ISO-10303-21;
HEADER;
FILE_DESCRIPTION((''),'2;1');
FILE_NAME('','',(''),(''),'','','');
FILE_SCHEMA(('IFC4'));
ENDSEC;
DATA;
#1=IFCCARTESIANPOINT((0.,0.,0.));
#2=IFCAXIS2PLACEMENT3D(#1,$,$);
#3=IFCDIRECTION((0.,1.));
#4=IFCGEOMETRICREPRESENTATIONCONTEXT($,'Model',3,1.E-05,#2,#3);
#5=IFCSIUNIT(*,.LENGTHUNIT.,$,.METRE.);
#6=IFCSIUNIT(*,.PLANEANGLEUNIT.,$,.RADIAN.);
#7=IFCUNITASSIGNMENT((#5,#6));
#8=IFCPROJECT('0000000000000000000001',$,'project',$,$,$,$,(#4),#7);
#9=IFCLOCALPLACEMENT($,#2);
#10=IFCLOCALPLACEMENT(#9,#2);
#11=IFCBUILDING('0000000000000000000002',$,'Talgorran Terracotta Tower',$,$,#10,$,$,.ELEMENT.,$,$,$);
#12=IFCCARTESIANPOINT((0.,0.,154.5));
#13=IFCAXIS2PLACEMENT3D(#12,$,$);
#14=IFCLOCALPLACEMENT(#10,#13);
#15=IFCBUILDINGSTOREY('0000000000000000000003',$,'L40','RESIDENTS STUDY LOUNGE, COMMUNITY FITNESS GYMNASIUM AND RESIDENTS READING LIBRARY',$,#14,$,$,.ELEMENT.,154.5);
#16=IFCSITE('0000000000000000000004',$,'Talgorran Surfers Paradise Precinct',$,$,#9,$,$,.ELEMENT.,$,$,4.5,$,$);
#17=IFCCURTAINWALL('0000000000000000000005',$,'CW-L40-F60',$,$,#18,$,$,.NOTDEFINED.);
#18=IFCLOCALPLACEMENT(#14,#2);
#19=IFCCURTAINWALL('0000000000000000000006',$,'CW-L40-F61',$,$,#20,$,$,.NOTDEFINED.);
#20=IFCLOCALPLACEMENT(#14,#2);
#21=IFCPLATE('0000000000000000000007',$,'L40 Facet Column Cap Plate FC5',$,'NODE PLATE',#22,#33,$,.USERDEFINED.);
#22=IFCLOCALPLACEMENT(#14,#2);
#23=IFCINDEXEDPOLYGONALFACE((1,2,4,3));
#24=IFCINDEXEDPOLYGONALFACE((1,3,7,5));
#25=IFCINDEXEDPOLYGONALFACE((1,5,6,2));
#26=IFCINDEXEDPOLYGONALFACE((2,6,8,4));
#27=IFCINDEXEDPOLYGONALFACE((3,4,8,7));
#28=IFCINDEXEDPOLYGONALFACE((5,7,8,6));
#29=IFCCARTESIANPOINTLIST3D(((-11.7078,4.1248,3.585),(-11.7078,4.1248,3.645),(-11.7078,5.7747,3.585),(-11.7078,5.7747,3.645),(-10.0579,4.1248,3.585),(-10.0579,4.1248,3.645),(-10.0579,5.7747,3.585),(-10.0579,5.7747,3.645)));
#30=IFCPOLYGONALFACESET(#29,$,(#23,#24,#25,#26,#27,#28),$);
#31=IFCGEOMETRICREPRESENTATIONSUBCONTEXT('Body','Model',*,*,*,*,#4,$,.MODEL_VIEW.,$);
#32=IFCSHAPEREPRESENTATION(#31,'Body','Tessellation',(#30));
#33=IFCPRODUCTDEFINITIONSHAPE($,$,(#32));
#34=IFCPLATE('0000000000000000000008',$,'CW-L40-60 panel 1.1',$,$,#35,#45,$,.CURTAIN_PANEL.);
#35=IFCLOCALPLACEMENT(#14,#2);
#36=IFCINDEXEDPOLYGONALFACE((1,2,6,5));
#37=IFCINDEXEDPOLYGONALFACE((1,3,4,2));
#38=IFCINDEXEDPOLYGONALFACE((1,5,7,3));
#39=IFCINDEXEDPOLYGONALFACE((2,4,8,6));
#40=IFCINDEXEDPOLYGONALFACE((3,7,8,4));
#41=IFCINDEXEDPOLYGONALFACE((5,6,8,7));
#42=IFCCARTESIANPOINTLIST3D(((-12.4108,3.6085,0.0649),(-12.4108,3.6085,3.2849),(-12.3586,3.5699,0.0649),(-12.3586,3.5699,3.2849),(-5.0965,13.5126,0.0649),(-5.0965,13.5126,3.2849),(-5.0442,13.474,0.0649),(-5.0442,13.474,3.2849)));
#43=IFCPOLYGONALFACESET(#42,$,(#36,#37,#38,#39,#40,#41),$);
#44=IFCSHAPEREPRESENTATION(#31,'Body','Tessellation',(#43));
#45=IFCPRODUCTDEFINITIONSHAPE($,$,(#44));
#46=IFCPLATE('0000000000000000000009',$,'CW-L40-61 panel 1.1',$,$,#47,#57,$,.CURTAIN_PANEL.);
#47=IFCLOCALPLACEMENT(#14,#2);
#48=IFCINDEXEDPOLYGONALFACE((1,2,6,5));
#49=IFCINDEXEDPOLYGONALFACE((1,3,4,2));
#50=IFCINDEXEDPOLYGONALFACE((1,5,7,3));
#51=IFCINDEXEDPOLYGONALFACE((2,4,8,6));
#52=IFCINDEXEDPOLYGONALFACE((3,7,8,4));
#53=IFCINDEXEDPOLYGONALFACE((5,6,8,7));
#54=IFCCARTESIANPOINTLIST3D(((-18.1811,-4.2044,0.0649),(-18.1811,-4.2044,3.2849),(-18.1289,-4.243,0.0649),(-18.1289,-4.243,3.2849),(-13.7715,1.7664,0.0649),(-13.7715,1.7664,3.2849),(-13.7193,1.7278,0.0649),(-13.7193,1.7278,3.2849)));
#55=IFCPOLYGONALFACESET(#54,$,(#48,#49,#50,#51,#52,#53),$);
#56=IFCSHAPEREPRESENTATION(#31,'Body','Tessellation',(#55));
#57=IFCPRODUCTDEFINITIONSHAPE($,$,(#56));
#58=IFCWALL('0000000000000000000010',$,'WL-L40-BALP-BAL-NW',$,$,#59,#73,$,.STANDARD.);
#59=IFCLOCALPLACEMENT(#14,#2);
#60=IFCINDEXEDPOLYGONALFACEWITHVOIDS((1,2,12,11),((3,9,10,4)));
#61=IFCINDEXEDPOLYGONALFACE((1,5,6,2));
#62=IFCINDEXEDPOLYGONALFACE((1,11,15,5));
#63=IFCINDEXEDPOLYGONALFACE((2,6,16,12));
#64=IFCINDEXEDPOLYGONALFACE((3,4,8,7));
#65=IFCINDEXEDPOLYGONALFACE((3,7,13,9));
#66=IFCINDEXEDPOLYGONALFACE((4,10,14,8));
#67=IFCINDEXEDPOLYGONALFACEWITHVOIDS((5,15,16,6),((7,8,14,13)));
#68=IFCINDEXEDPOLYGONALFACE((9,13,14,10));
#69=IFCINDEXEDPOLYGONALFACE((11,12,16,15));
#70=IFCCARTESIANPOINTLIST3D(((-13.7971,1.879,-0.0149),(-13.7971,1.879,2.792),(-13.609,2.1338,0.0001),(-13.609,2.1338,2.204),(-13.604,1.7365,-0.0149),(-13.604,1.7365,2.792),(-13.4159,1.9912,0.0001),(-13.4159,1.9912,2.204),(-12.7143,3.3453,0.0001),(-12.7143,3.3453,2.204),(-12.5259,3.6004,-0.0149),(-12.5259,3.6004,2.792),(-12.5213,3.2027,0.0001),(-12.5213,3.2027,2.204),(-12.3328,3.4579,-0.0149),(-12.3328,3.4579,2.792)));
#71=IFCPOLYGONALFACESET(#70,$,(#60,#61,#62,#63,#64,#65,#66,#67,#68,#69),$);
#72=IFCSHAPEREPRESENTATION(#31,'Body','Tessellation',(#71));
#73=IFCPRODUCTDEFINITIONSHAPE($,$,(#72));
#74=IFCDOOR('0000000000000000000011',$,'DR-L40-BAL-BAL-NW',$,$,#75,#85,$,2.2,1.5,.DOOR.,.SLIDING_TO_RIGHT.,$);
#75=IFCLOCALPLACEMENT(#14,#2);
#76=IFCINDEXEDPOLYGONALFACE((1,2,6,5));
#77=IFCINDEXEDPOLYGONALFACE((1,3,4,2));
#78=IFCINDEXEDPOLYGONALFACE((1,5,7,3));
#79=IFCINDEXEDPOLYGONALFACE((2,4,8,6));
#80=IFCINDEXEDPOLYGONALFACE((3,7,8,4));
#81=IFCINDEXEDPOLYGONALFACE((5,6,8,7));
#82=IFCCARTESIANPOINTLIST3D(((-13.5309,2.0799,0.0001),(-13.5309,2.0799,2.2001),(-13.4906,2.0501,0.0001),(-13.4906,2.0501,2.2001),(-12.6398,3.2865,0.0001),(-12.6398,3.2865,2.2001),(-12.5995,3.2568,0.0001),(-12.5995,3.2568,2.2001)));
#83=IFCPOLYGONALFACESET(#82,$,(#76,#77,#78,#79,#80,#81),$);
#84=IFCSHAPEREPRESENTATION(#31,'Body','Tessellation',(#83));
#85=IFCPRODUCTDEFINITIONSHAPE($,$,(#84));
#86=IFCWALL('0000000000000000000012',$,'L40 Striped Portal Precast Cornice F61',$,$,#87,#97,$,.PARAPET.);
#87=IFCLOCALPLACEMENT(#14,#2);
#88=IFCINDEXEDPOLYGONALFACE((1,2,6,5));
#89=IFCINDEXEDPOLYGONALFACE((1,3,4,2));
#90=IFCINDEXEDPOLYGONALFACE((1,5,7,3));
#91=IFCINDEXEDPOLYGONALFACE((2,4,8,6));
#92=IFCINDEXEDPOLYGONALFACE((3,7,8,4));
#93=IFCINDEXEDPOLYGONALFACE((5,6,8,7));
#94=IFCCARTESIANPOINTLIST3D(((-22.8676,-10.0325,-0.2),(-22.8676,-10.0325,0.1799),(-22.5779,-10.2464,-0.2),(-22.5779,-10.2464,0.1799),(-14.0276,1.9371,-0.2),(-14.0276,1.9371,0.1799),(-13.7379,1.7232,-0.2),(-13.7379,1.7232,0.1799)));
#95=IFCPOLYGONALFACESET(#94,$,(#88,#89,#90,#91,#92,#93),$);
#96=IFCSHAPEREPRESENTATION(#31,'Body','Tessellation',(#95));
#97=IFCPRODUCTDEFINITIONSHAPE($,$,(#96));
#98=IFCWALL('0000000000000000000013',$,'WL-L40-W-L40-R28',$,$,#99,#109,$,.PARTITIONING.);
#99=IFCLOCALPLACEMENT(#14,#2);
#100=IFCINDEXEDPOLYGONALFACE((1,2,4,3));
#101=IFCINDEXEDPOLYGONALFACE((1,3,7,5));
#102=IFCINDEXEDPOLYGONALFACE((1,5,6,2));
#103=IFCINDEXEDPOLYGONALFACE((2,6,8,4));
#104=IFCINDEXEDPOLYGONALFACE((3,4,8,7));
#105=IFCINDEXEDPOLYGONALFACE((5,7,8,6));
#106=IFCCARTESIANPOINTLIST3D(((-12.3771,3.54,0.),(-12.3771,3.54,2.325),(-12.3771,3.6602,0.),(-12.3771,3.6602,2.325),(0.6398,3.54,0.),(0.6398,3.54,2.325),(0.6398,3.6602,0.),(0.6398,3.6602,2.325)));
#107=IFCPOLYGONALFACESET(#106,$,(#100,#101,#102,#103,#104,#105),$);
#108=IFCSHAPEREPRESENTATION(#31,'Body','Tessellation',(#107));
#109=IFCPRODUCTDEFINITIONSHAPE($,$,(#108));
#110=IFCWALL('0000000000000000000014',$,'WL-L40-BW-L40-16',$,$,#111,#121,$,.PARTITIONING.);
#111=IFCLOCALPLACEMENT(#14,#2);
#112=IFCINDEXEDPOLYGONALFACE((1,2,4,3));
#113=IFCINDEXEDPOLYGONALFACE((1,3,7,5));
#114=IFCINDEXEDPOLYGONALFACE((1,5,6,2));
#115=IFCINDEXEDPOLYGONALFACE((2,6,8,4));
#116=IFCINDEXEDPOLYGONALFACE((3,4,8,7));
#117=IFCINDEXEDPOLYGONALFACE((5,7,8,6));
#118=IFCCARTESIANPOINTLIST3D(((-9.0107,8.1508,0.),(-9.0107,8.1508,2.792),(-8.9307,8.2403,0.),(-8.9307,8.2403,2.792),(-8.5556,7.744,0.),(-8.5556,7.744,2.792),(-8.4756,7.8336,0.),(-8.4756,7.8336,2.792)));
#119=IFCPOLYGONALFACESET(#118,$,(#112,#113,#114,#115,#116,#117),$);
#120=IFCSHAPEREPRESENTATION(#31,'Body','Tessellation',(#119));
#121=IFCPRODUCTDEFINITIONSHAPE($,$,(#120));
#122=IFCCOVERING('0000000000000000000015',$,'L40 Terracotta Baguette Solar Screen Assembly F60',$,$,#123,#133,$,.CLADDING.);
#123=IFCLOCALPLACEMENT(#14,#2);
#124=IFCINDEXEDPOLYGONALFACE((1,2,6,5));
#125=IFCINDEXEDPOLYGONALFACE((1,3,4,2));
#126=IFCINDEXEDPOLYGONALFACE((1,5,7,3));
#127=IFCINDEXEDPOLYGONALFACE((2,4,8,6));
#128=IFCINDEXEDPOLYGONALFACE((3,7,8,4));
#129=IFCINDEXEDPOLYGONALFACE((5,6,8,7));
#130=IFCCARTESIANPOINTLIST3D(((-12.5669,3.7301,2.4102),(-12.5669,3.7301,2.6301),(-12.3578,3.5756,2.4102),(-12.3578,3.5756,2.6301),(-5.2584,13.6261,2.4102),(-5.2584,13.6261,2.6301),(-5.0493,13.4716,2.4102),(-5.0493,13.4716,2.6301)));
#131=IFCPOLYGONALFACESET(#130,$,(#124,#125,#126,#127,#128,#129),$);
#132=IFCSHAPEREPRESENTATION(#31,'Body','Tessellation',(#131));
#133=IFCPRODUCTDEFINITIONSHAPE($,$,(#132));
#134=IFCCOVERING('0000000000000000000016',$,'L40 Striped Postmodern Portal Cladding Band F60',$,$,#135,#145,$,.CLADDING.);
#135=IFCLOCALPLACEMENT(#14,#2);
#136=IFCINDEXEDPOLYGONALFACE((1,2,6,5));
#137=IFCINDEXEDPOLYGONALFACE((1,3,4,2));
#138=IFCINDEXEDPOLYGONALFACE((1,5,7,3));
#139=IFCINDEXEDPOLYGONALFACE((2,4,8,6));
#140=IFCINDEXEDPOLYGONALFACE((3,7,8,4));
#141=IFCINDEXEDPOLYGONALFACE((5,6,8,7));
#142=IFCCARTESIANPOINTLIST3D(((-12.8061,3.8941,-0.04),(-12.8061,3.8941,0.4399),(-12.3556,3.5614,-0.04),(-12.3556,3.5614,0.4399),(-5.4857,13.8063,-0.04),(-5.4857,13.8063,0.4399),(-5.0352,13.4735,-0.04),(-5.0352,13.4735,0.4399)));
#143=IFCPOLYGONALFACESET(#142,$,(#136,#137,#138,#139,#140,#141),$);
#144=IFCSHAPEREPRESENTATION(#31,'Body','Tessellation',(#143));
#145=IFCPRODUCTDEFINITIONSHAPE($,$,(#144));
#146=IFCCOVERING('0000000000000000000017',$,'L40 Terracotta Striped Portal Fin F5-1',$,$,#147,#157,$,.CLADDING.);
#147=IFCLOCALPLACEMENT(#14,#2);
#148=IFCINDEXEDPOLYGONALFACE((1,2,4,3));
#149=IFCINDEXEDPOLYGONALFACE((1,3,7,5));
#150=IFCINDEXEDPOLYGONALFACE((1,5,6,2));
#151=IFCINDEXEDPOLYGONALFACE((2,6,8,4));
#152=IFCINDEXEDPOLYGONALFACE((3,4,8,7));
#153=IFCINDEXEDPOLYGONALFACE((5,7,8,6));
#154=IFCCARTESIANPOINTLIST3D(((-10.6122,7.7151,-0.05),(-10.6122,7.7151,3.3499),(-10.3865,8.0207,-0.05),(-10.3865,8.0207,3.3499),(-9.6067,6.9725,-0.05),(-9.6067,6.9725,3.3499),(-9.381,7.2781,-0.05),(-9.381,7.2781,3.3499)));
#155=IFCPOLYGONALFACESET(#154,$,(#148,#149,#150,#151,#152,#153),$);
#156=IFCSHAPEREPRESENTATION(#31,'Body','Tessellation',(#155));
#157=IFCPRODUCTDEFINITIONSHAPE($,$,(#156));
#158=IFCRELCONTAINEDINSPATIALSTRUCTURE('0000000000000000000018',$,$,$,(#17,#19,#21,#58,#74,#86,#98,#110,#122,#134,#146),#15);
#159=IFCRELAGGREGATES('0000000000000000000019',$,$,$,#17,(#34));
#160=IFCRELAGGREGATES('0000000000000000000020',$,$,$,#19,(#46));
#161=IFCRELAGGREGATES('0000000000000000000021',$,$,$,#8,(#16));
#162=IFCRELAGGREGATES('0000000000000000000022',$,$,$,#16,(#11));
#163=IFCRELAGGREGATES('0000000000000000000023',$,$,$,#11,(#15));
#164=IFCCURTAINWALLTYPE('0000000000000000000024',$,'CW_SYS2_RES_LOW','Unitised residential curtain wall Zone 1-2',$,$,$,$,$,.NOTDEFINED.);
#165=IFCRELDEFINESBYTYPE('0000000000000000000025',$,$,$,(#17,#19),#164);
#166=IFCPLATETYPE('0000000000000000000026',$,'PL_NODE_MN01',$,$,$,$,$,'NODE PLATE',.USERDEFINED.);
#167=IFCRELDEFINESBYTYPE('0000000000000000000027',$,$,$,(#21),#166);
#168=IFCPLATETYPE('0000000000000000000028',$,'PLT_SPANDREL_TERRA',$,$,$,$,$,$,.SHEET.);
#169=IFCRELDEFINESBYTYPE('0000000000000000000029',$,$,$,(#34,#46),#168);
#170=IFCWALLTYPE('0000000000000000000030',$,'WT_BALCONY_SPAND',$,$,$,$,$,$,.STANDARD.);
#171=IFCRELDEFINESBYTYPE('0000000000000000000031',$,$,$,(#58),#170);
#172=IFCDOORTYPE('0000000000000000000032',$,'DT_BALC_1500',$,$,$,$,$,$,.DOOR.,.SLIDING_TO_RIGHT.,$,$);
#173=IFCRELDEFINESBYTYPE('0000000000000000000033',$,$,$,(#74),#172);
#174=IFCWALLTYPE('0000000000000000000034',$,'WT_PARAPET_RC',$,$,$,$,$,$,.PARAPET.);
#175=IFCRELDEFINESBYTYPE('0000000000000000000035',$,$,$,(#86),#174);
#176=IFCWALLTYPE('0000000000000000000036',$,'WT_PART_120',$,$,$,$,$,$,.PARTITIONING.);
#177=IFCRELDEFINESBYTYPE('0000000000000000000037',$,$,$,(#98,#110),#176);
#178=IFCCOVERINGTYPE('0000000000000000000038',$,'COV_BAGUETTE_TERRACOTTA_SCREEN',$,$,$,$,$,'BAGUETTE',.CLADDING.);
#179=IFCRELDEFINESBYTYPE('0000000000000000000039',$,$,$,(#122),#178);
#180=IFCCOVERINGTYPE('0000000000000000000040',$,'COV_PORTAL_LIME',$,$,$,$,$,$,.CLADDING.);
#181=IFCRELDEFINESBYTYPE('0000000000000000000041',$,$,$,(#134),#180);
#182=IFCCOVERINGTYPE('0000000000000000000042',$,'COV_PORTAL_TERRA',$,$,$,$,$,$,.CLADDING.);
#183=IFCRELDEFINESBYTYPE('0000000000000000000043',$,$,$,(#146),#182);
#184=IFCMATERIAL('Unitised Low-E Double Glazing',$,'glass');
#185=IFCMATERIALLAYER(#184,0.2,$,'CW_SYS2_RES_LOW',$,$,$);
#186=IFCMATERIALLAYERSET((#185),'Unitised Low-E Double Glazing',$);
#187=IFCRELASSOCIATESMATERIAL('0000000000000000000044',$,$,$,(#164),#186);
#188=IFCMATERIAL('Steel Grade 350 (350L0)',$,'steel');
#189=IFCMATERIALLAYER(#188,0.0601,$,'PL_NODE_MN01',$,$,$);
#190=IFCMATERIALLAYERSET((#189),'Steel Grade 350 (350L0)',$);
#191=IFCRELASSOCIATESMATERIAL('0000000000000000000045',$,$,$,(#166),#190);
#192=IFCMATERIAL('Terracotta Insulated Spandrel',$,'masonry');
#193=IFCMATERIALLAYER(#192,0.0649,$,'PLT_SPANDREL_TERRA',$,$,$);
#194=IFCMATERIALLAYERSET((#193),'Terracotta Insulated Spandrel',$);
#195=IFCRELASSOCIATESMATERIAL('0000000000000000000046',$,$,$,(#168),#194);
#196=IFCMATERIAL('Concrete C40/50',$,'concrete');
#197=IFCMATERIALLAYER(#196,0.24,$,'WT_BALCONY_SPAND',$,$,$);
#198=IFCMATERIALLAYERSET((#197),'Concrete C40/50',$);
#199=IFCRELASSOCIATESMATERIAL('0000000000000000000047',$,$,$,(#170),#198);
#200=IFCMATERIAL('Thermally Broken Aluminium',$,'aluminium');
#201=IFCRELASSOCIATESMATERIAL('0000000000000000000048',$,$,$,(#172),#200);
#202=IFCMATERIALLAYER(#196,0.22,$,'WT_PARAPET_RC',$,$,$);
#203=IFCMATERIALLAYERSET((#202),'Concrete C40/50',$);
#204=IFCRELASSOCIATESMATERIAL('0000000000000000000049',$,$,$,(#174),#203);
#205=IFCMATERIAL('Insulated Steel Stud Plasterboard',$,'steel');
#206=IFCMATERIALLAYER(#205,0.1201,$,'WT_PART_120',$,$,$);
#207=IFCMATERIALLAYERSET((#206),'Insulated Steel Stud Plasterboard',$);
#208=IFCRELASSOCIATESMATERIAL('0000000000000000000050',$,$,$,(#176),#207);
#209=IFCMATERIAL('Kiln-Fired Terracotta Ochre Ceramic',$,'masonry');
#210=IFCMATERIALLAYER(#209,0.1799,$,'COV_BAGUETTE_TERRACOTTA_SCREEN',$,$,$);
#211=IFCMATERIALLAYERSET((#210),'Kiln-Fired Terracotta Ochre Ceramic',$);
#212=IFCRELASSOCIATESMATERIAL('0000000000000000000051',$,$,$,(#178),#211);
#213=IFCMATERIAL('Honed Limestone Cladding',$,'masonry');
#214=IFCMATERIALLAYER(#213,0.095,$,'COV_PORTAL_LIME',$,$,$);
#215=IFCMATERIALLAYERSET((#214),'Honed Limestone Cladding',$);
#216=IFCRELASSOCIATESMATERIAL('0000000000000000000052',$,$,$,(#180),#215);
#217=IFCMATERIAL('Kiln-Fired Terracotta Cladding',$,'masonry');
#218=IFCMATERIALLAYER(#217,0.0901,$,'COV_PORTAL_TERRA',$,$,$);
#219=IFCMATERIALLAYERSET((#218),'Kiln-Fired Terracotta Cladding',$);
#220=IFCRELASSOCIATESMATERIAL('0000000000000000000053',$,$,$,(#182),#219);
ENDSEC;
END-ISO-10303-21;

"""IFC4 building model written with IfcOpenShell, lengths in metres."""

from ifc_helpers import new_model, si_unit, direction, frame, frame_2d, origin, origin_2d, place, context, subcontext, project, spatial, rectangle, extrude, source, transform, mapped, material, layer, layer_set, type_object, type_shapes, element, fill, aggregate, save


model = new_model("IFC4")

# Units and contexts
model_context = context("Model", 3, precision=1e-05, world=origin(), true_north=direction((0.0, 1.0)))
body_context = subcontext(model_context, "Body", "Model", "MODEL_VIEW")
ifc_project = project(units=[si_unit("LENGTHUNIT", "METRE"), si_unit("PLANEANGLEUNIT", "RADIAN")], contexts=[model_context])

# Site, building, storey
site_placement = place(None, origin())
site = spatial("IfcSite", under=ifc_project, at=site_placement, Name="Talgorran Surfers Paradise Precinct", CompositionType="ELEMENT", RefElevation=4.5)
building_placement = place(site_placement, origin())
building = spatial("IfcBuilding", under=site, at=building_placement, Name="Talgorran Terracotta Tower", CompositionType="ELEMENT")
storey_placement = place(building_placement, frame((0.0, 0.0, 154.5)))
storey = spatial("IfcBuildingStorey", under=building, at=storey_placement, Name="L40", Description="RESIDENTS STUDY LOUNGE, COMMUNITY FITNESS GYMNASIUM AND RESIDENTS READING LIBRARY", CompositionType="ELEMENT", Elevation=154.5)

# Shared definitions
ifc_material_1 = material(Name="Steel Grade 350 (350L0)", Category="steel")

# Curtain wall
ifc_material_2 = material(Name="Unitised Low-E Double Glazing", Category="glass")
ifc_layer_1 = layer(ifc_material_2, 0.2, Name="CW_SYS2_RES_LOW")
ifc_layer_set_1 = layer_set([ifc_layer_1], Name="Unitised Low-E Double Glazing")
curtain_wall_type = type_object("IfcCurtainWallType", Name="CW_SYS2_RES_LOW", Description="Unitised residential curtain wall Zone 1-2", PredefinedType="NOTDEFINED", material=ifc_layer_set_1)
curtain_wall_1_placement = place(storey_placement, origin())
curtain_wall_1 = element("IfcCurtainWall", 1, at=curtain_wall_1_placement, inside=storey, type_object=curtain_wall_type, Name="CW-L40-F60", PredefinedType="NOTDEFINED")

# Curtain wall
curtain_wall_2_placement = place(storey_placement, origin())
curtain_wall_2 = element("IfcCurtainWall", 2, at=curtain_wall_2_placement, inside=storey, type_object=curtain_wall_type, Name="CW-L40-F61", PredefinedType="NOTDEFINED")

# Plate
ifc_layer_2 = layer(ifc_material_1, 0.0601, Name="PL_NODE_MN01")
ifc_layer_set_2 = layer_set([ifc_layer_2], Name="Steel Grade 350 (350L0)")
plate_type_1 = type_object("IfcPlateType", Name="PL_NODE_MN01", ElementType="NODE PLATE", PredefinedType="USERDEFINED", material=ifc_layer_set_2)
plate_1_placement = place(storey_placement, frame((-10.8828, 4.9497, 3.585), z_axis=(0.0, 0.0, 1.0), x_axis=(1.0, 0.0, 0.0)))
element("IfcPlate", 3, at=plate_1_placement, inside=storey, type_object=plate_type_1, Name="L40 Facet Column Cap Plate FC5", ObjectType="NODE PLATE", PredefinedType="USERDEFINED", context=body_context, shape_type="SweptSolid", body=[
    extrude(rectangle(XDim=1.6499, YDim=1.6499, at=origin_2d()), origin(), (0.0, 0.0, 1.0), 0.0601),
])

# Plates
ifc_material_3 = material(Name="Terracotta Insulated Spandrel", Category="masonry")
ifc_layer_3 = layer(ifc_material_3, 0.0649, Name="PLT_SPANDREL_TERRA")
ifc_layer_set_3 = layer_set([ifc_layer_3], Name="Terracotta Insulated Spandrel")
plate_type_2 = type_object("IfcPlateType", Name="PLT_SPANDREL_TERRA", PredefinedType="SHEET", material=ifc_layer_set_3)
shared_shape_1 = source(origin(), body_context, "Body", "SweptSolid", [
    extrude(rectangle(XDim=12.3123, YDim=0.0649, at=origin_2d()), origin(), (0.0, 0.0, 1.0), 3.22),
])
plate_2_placement = place(storey_placement, frame((-8.7275, 8.5413, 0.0649), z_axis=(0.0, 0.0, 1.0), x_axis=(-0.594072, -0.804412, 0.0)))
plate_2 = element("IfcPlate", 4, at=plate_2_placement, type_object=plate_type_2, Name="CW-L40-60 panel 1.1", PredefinedType="CURTAIN_PANEL", context=body_context, shape_type="MappedRepresentation", body=[
    mapped(shared_shape_1, transform((0.0, 0.0, 0.0), scale=1.0)),
])
aggregate(curtain_wall_1, [plate_2])
shared_shape_2 = source(origin(), body_context, "Body", "SweptSolid", [
    extrude(rectangle(XDim=7.4226, YDim=0.0649, at=origin_2d()), origin(), (0.0, 0.0, 1.0), 3.22),
])
type_shapes(plate_type_2, [shared_shape_1, shared_shape_2])
plate_3_placement = place(storey_placement, frame((-15.9502, -1.2383, 0.0649), z_axis=(0.0, 0.0, 1.0), x_axis=(-0.594074, -0.80441, 0.0)))
plate_3 = element("IfcPlate", 5, at=plate_3_placement, type_object=plate_type_2, Name="CW-L40-61 panel 1.1", PredefinedType="CURTAIN_PANEL", context=body_context, shape_type="MappedRepresentation", body=[
    mapped(shared_shape_2, transform((0.0, 0.0, 0.0), scale=1.0)),
])
aggregate(curtain_wall_2, [plate_3])

# Wall, opening, door
ifc_material_4 = material(Name="Concrete C40/50", Category="concrete")
ifc_layer_4 = layer(ifc_material_4, 0.24, Name="WT_BALCONY_SPAND")
ifc_layer_set_4 = layer_set([ifc_layer_4], Name="Concrete C40/50")
wall_type_1 = type_object("IfcWallType", Name="WT_BALCONY_SPAND", PredefinedType="STANDARD", material=ifc_layer_set_4)
wall_1_placement = place(storey_placement, frame((-12.4294, 3.5291, -0.0149), z_axis=(0.0, 0.0, 1.0), x_axis=(-0.594051, -0.804427, 0.0)))
wall_1 = element("IfcWall", 6, at=wall_1_placement, inside=storey, type_object=wall_type_1, Name="WL-L40-BALP-BAL-NW", PredefinedType="STANDARD", context=body_context, shape_type="SweptSolid", body=[
    extrude(rectangle(XDim=2.1399, YDim=0.24, at=frame_2d((1.0698, 0.0))), origin(), (0.0, 0.0, 1.0), 2.8069),
])
opening_placement = place(wall_1_placement, frame((0.3201, 0.0, 0.0149)))
opening = element("IfcOpeningElement", 7, at=opening_placement, cuts=wall_1, PredefinedType="OPENING", context=body_context, shape_type="SweptSolid", body=[
    extrude(rectangle(XDim=1.506, YDim=2.204, at=frame_2d((0.75, 1.1021))), frame((0.0, 0.1299, 0.0), z_axis=(0.0, -1.0, 0.0), x_axis=(1.0, 0.0, 0.0)), (0.0, 0.0, 1.0), 0.26),
])
ifc_material_5 = material(Name="Thermally Broken Aluminium", Category="aluminium")
door_type = type_object("IfcDoorType", Name="DT_BALC_1500", OperationType="SLIDING_TO_RIGHT", PredefinedType="DOOR", material=ifc_material_5)
door_placement = place(opening_placement, origin())
door = element("IfcDoor", 8, at=door_placement, inside=storey, type_object=door_type, Name="DR-L40-BAL-BAL-NW", OperationType="SLIDING_TO_RIGHT", OverallHeight=2.2, OverallWidth=1.5, PredefinedType="DOOR", context=body_context, shape_type="SweptSolid", body=[
    extrude(rectangle(XDim=1.5, YDim=2.2, at=frame_2d((0.75, 1.1001))), frame((0.0, 0.0249, 0.0), z_axis=(0.0, -1.0, 0.0), x_axis=(1.0, 0.0, 0.0)), (0.0, 0.0, 1.0), 0.05),
])
fill(opening, door)

# Walls
ifc_layer_5 = layer(ifc_material_4, 0.22, Name="WT_PARAPET_RC")
ifc_layer_set_5 = layer_set([ifc_layer_5], Name="Concrete C40/50")
wall_type_2 = type_object("IfcWallType", Name="WT_PARAPET_RC", PredefinedType="PARAPET", material=ifc_layer_set_5)
wall_2_placement = place(storey_placement, frame((-13.8828, 1.8301, -0.2), z_axis=(0.0, 0.0, 1.0), x_axis=(-0.594082, -0.804404, 0.0)))
element("IfcWall", 9, at=wall_2_placement, inside=storey, type_object=wall_type_2, Name="L40 Striped Portal Precast Cornice F61", PredefinedType="PARAPET", context=body_context, shape_type="SweptSolid", body=[
    extrude(rectangle(XDim=14.8801, YDim=0.3601, at=frame_2d((7.4399, 0.0))), origin(), (0.0, 0.0, 1.0), 0.3799),
])
ifc_material_6 = material(Name="Insulated Steel Stud Plasterboard", Category="steel")
ifc_layer_6 = layer(ifc_material_6, 0.1201, Name="WT_PART_120")
ifc_layer_set_6 = layer_set([ifc_layer_6], Name="Insulated Steel Stud Plasterboard")
wall_type_3 = type_object("IfcWallType", Name="WT_PART_120", PredefinedType="PARTITIONING", material=ifc_layer_set_6)
wall_3_placement = place(storey_placement, frame((-12.377, 3.6001, 0.0), z_axis=(0.0, 0.0, 1.0), x_axis=(1.0, 0.0, 0.0)))
element("IfcWall", 10, at=wall_3_placement, inside=storey, type_object=wall_type_3, Name="WL-L40-W-L40-R28", PredefinedType="PARTITIONING", context=body_context, shape_type="SweptSolid", body=[
    extrude(rectangle(XDim=13.0168, YDim=0.1201, at=frame_2d((6.5083, 0.0))), origin(), (0.0, 0.0, 1.0), 2.325),
])
wall_4_placement = place(storey_placement, frame((-8.5156, 7.7888, 0.0), z_axis=(0.0, 0.0, 1.0), x_axis=(-0.745597, 0.666397, 0.0)))
element("IfcWall", 11, at=wall_4_placement, inside=storey, type_object=wall_type_3, Name="WL-L40-BW-L40-16", PredefinedType="PARTITIONING", context=body_context, shape_type="SweptSolid", body=[
    extrude(rectangle(XDim=0.6104, YDim=0.1201, at=frame_2d((0.3052, 0.0))), origin(), (0.0, 0.0, 1.0), 2.792),
])

# Coverings
ifc_material_7 = material(Name="Kiln-Fired Terracotta Ochre Ceramic", Category="masonry")
ifc_layer_7 = layer(ifc_material_7, 0.1799, Name="COV_BAGUETTE_TERRACOTTA_SCREEN")
ifc_layer_set_7 = layer_set([ifc_layer_7], Name="Kiln-Fired Terracotta Ochre Ceramic")
covering_type_1 = type_object("IfcCoveringType", Name="COV_BAGUETTE_TERRACOTTA_SCREEN", ElementType="BAGUETTE", PredefinedType="CLADDING", material=ifc_layer_set_7)
covering_1_placement = place(storey_placement, frame((-8.8081, 8.6008, 2.4102), z_axis=(0.0, 0.0, 1.0), x_axis=(-0.594079, -0.804407, 0.0)))
element("IfcCovering", 12, at=covering_1_placement, inside=storey, type_object=covering_type_1, Name="L40 Terracotta Baguette Solar Screen Assembly F60", PredefinedType="CLADDING", context=body_context, shape_type="SweptSolid", body=[
    extrude(rectangle(XDim=12.3022, YDim=0.26, at=origin_2d()), origin(), (0.0, 0.0, 1.0), 0.22),
])
ifc_material_8 = material(Name="Honed Limestone Cladding", Category="masonry")
ifc_layer_8 = layer(ifc_material_8, 0.095, Name="COV_PORTAL_LIME")
ifc_layer_set_8 = layer_set([ifc_layer_8], Name="Honed Limestone Cladding")
covering_type_2 = type_object("IfcCoveringType", Name="COV_PORTAL_LIME", PredefinedType="CLADDING", material=ifc_layer_set_8)
covering_2_placement = place(storey_placement, frame((-8.9207, 8.6838, -0.04), z_axis=(0.0, 0.0, 1.0), x_axis=(-0.594079, -0.804407, 0.0)))
element("IfcCovering", 13, at=covering_2_placement, inside=storey, type_object=covering_type_2, Name="L40 Striped Postmodern Portal Cladding Band F60", PredefinedType="CLADDING", context=body_context, shape_type="SweptSolid", body=[
    extrude(rectangle(XDim=12.3223, YDim=0.5601, at=origin_2d()), origin(), (0.0, 0.0, 1.0), 0.48),
])
ifc_material_9 = material(Name="Kiln-Fired Terracotta Cladding", Category="masonry")
ifc_layer_9 = layer(ifc_material_9, 0.0901, Name="COV_PORTAL_TERRA")
ifc_layer_set_9 = layer_set([ifc_layer_9], Name="Kiln-Fired Terracotta Cladding")
covering_type_3 = type_object("IfcCoveringType", Name="COV_PORTAL_TERRA", PredefinedType="CLADDING", material=ifc_layer_set_9)
covering_3_placement = place(storey_placement, frame((-9.9966, 7.4966, -0.05), z_axis=(0.0, 0.0, 1.0), x_axis=(-0.594079, -0.804407, 0.0)))
element("IfcCovering", 14, at=covering_3_placement, inside=storey, type_object=covering_type_3, Name="L40 Terracotta Striped Portal Fin F5-1", PredefinedType="CLADDING", context=body_context, shape_type="SweptSolid", body=[
    extrude(rectangle(XDim=0.3799, YDim=1.25, at=origin_2d()), origin(), (0.0, 0.0, 1.0), 3.3999),
])

save(model, "model.ifc")
